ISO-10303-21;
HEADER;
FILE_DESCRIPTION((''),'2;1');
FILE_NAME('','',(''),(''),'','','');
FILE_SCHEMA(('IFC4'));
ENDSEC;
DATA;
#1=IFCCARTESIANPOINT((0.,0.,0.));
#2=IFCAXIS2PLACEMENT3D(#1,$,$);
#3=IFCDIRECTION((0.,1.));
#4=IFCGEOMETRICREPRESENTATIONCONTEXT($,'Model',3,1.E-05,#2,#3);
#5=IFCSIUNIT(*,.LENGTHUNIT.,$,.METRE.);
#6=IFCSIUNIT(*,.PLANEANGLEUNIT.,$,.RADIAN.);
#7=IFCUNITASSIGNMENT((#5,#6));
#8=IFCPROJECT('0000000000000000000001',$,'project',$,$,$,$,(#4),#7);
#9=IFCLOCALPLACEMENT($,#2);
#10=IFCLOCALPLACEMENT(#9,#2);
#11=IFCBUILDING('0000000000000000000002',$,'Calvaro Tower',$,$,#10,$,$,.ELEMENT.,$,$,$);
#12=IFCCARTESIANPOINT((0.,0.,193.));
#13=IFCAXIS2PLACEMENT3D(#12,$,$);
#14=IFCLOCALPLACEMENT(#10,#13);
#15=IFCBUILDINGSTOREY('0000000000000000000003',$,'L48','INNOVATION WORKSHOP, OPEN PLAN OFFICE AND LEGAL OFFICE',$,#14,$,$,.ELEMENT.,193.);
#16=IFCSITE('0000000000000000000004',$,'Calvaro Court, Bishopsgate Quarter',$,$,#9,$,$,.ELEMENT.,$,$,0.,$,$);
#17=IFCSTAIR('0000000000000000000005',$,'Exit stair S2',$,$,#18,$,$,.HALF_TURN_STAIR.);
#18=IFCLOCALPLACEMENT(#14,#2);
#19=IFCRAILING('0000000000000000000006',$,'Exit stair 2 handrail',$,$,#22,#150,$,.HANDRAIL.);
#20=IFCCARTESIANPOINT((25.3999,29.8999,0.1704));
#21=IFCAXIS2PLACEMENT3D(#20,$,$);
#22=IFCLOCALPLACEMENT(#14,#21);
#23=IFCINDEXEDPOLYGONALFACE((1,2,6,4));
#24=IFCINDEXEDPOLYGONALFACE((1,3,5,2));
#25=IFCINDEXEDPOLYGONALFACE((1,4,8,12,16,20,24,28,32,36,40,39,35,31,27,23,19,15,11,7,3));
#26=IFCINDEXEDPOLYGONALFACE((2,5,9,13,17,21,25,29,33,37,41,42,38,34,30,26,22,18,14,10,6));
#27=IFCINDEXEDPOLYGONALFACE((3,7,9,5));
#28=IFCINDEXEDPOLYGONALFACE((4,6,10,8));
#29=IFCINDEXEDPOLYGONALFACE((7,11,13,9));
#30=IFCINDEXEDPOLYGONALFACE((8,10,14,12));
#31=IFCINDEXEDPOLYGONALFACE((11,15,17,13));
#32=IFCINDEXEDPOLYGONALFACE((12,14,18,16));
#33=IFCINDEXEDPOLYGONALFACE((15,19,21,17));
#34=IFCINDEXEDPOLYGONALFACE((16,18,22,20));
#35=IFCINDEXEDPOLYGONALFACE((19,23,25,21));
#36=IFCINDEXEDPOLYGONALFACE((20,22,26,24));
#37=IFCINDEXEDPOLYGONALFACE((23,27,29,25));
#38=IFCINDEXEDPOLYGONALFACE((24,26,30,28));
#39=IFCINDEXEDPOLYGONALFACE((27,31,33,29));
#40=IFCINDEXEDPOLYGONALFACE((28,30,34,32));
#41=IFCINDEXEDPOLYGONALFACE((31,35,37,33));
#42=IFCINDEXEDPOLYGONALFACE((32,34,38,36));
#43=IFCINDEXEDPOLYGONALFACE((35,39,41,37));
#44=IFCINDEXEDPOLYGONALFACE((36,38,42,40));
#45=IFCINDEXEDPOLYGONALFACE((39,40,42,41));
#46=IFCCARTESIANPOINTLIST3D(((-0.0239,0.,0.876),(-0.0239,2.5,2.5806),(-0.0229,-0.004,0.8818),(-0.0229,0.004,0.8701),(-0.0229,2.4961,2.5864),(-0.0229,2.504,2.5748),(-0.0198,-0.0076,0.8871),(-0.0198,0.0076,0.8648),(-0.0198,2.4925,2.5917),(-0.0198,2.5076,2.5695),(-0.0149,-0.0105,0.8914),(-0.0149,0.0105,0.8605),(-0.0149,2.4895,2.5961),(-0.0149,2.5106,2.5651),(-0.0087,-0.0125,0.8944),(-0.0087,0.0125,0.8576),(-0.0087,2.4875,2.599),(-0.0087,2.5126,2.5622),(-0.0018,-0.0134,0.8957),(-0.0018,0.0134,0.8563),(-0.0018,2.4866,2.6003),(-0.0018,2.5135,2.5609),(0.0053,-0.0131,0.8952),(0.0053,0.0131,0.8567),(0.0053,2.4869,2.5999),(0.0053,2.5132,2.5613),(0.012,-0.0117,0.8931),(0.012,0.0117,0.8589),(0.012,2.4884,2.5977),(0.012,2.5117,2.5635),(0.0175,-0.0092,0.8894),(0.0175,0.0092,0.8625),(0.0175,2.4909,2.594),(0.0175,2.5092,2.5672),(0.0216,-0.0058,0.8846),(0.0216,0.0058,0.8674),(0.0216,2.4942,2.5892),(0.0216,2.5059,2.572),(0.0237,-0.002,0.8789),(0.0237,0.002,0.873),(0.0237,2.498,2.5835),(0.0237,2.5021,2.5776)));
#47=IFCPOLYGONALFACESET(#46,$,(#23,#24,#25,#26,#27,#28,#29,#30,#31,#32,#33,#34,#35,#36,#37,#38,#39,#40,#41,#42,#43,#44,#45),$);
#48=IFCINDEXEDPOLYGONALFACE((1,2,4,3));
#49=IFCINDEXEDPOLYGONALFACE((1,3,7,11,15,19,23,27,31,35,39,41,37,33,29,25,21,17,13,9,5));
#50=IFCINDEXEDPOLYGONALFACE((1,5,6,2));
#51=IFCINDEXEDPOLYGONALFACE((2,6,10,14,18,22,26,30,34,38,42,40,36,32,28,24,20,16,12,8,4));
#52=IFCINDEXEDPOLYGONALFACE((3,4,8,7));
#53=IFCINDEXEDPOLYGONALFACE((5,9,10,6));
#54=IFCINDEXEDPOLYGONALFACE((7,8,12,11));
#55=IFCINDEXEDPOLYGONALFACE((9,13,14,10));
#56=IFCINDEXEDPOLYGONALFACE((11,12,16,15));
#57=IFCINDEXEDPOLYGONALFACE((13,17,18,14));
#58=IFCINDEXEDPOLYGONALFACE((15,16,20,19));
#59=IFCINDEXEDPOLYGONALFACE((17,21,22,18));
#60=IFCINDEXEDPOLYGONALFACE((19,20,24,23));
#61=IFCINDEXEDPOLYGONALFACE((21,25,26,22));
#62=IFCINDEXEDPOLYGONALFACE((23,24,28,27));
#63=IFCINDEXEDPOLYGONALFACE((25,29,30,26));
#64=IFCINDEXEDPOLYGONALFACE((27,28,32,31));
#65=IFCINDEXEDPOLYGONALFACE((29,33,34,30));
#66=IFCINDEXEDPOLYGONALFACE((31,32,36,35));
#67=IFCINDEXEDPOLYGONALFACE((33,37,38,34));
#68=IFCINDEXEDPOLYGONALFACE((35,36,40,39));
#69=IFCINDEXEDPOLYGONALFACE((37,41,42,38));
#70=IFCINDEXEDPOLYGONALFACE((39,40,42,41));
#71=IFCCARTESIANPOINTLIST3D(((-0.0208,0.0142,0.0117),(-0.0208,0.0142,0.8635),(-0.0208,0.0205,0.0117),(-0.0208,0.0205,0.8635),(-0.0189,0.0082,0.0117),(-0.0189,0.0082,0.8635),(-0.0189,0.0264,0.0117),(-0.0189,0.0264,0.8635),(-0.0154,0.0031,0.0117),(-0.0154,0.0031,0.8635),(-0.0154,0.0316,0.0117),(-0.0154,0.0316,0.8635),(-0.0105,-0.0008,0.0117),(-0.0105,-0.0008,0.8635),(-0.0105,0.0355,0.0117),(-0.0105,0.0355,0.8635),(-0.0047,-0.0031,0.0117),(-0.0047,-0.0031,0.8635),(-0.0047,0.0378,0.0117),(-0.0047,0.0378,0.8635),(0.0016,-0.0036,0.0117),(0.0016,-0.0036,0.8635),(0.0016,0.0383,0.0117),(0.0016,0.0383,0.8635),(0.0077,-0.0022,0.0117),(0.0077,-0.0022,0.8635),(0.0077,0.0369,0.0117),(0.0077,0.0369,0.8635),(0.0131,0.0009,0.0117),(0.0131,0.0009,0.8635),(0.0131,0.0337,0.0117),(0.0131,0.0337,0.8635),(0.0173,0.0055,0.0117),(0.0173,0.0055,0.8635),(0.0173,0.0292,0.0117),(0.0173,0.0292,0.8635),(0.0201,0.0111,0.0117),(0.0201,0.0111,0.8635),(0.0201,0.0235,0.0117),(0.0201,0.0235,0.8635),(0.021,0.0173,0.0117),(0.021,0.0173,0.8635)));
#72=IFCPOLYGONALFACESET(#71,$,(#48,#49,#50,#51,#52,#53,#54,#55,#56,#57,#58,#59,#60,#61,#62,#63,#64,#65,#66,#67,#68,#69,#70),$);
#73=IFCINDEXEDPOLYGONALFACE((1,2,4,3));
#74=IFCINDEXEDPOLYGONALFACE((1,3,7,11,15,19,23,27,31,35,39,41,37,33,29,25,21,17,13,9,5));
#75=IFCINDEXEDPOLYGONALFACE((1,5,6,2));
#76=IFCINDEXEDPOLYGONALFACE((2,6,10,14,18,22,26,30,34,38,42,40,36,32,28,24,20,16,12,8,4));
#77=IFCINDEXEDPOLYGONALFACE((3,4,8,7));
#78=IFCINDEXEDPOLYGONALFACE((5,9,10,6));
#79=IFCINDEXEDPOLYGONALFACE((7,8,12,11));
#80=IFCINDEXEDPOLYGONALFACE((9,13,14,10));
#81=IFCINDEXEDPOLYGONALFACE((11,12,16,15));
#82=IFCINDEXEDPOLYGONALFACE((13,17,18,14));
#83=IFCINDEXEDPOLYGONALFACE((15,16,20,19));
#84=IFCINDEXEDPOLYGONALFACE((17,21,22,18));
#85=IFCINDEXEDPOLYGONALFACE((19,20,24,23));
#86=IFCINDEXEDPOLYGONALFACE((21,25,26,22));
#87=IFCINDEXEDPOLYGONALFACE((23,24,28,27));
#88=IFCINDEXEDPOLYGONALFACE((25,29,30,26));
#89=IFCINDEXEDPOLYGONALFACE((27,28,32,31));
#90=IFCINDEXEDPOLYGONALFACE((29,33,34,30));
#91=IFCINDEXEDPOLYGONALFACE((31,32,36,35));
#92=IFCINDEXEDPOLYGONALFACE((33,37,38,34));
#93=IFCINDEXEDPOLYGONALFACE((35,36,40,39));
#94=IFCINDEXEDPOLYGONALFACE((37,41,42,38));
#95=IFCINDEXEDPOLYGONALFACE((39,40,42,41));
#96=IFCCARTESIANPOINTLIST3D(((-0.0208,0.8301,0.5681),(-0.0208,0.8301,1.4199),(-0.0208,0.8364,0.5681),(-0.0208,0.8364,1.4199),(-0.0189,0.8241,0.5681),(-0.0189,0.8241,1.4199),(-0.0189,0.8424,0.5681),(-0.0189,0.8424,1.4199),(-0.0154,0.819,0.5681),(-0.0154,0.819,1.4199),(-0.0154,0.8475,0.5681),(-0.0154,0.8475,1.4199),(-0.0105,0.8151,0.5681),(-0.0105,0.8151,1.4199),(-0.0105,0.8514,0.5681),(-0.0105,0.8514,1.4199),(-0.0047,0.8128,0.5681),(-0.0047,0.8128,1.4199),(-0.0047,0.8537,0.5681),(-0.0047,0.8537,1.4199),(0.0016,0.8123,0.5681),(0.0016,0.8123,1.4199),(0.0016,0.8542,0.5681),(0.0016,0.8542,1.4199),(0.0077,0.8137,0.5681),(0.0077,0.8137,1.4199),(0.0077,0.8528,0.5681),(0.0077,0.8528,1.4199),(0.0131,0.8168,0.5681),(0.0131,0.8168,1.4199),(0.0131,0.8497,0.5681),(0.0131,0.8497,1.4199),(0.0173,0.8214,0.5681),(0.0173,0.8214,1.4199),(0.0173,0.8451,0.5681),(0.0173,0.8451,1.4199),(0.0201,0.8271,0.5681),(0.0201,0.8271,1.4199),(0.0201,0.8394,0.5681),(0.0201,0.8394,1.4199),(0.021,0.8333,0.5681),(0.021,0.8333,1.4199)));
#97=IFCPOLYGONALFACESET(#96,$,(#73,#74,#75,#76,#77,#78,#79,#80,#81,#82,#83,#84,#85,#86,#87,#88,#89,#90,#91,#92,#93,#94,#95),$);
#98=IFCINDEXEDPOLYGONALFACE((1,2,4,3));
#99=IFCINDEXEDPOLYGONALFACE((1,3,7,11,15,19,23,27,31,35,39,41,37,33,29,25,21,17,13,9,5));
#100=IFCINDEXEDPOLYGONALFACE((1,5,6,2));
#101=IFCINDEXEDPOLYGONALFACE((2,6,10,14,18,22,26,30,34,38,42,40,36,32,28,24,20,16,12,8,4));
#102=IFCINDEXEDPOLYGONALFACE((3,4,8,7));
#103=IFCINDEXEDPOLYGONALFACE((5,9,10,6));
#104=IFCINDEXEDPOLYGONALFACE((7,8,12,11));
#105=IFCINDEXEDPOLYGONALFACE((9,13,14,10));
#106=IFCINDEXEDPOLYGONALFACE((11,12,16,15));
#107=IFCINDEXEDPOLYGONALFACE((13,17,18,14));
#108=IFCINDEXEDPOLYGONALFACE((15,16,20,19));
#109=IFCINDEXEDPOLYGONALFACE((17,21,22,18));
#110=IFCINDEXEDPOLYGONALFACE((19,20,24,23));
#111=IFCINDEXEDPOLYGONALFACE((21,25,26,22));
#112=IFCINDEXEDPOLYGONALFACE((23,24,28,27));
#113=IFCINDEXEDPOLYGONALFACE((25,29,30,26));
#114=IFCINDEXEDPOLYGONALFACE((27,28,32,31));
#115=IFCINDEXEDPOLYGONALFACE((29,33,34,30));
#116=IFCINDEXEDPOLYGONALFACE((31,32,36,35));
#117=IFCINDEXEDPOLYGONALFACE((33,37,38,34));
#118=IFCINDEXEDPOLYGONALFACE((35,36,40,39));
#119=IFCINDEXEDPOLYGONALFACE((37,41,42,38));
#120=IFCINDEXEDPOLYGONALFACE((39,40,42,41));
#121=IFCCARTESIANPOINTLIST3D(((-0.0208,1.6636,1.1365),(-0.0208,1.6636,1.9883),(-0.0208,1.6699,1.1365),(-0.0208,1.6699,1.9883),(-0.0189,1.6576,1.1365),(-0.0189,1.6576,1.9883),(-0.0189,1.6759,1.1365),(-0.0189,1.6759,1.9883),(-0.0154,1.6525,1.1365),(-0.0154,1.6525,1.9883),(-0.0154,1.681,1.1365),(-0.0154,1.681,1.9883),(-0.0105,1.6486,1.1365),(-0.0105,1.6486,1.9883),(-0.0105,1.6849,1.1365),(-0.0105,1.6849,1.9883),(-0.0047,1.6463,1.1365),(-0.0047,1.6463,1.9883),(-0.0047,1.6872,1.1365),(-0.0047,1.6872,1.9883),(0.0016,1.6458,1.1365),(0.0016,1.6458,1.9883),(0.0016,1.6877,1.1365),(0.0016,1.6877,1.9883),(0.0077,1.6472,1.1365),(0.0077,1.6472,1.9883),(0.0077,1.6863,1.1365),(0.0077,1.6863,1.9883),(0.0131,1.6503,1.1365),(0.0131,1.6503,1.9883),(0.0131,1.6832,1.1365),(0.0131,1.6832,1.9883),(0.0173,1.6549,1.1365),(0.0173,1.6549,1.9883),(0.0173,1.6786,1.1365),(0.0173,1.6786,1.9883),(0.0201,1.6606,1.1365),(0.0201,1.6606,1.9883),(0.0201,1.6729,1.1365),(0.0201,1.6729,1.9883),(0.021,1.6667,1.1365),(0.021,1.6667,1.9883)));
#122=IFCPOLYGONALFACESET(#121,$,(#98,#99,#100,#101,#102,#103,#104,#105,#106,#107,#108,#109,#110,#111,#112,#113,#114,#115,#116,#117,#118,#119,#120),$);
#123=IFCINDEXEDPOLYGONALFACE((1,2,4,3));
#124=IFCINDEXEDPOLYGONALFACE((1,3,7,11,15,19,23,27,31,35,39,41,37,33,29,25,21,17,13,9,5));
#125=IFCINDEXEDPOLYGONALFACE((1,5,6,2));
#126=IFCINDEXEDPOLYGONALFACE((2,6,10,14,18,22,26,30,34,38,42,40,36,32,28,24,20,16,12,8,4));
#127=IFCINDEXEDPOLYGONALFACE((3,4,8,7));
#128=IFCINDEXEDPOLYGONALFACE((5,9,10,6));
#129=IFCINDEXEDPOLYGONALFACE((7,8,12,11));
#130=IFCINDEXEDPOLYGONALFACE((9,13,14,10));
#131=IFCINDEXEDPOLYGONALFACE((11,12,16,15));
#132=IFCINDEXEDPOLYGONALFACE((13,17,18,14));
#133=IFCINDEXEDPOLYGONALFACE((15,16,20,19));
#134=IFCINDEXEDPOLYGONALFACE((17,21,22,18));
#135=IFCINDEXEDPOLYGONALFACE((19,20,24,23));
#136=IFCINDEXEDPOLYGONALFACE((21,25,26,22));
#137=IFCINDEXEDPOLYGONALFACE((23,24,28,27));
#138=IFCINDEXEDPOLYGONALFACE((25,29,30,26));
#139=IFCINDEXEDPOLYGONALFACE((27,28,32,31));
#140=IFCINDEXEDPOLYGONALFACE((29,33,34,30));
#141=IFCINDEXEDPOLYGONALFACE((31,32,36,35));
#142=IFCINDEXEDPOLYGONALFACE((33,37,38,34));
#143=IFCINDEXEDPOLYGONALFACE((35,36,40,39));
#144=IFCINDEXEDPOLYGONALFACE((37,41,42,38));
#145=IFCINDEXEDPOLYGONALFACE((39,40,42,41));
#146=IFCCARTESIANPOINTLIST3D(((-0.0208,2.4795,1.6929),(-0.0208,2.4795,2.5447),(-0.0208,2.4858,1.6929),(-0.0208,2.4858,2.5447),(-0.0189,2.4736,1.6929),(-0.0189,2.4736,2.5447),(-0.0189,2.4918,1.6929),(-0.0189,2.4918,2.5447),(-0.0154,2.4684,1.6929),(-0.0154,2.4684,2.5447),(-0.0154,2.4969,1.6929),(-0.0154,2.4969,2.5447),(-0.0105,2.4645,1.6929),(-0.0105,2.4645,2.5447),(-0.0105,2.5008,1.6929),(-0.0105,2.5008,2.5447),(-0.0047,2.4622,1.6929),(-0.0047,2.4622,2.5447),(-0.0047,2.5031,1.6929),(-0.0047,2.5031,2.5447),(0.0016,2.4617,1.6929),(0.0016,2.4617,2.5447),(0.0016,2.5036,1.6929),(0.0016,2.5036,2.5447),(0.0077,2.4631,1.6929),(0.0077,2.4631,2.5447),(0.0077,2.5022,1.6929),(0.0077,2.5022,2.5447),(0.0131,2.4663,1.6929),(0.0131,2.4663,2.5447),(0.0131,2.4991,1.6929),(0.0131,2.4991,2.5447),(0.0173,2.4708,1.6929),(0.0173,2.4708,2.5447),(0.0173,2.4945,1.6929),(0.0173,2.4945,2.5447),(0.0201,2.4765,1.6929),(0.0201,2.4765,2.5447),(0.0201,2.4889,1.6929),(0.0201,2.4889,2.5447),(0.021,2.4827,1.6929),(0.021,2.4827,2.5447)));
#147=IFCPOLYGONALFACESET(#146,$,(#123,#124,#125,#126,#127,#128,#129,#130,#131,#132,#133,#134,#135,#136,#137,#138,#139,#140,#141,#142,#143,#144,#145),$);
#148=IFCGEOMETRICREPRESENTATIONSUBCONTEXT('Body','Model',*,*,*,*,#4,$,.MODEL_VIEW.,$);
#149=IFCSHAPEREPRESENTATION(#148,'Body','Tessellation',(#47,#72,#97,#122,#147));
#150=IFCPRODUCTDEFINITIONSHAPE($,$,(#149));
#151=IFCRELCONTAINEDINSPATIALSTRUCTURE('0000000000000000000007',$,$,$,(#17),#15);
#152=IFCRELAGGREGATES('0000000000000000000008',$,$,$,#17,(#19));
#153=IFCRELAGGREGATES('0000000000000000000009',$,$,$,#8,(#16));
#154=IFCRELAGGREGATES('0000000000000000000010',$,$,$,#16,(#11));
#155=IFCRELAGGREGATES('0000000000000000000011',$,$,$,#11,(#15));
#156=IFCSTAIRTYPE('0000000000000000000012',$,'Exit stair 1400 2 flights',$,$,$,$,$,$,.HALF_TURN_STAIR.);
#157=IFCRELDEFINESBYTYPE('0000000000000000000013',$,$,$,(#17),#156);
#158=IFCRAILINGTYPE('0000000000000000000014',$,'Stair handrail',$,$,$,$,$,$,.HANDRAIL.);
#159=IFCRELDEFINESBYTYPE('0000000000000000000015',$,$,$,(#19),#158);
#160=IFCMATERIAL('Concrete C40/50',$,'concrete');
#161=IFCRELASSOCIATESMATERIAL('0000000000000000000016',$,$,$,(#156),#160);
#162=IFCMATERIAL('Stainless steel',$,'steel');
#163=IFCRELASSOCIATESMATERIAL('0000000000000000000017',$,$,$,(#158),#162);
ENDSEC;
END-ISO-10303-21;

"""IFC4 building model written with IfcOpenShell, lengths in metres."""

from ifc_helpers import new_model, si_unit, direction, frame, origin, origin_2d, place, context, subcontext, project, spatial, circle, extrude, material, type_object, element, aggregate, save


model = new_model("IFC4")

# Units and contexts
model_context = context("Model", 3, precision=1e-05, world=origin(), true_north=direction((0.0, 1.0)))
body_context = subcontext(model_context, "Body", "Model", "MODEL_VIEW")
ifc_project = project(units=[si_unit("LENGTHUNIT", "METRE"), si_unit("PLANEANGLEUNIT", "RADIAN")], contexts=[model_context])

# Site, building, storey
site_placement = place(None, origin())
site = spatial("IfcSite", under=ifc_project, at=site_placement, Name="Calvaro Court, Bishopsgate Quarter", CompositionType="ELEMENT", RefElevation=0.0)
building_placement = place(site_placement, origin())
building = spatial("IfcBuilding", under=site, at=building_placement, Name="Calvaro Tower", CompositionType="ELEMENT")
storey_placement = place(building_placement, frame((0.0, 0.0, 193.0)))
storey = spatial("IfcBuildingStorey", under=building, at=storey_placement, Name="L48", Description="INNOVATION WORKSHOP, OPEN PLAN OFFICE AND LEGAL OFFICE", CompositionType="ELEMENT", Elevation=193.0)

# Stair
ifc_material_1 = material(Name="Concrete C40/50", Category="concrete")
stair_type = type_object("IfcStairType", Name="Exit stair 1400 2 flights", PredefinedType="HALF_TURN_STAIR", material=ifc_material_1)
stair_1_placement = place(storey_placement, origin())
stair_1 = element("IfcStair", 1, at=stair_1_placement, inside=storey, type_object=stair_type, Name="Exit stair S2", PredefinedType="HALF_TURN_STAIR")

# Shared definitions
ifc_material_2 = material(Name="Stainless steel", Category="steel")
railing_type = type_object("IfcRailingType", Name="Stair handrail", PredefinedType="HANDRAIL", material=ifc_material_2)

# Railing
railing_1_placement = place(storey_placement, frame((25.3999, 29.8999, 0.1704)))
railing_1 = element("IfcRailing", 2, at=railing_1_placement, type_object=railing_type, Name="Exit stair 2 handrail", PredefinedType="HANDRAIL", context=body_context, shape_type="SweptSolid", body=[
    extrude(circle(Radius=0.0239, at=origin_2d()), frame((0.0, 0.0, 0.876), z_axis=(0.0, 0.826221, 0.563347), x_axis=(-1.0, 0.0, 0.0)), (0.0, 0.0, 1.0), 3.0259),
    extrude(circle(Radius=0.021, at=origin_2d()), frame((0.0, 0.0173, 0.0117)), (0.0, 0.0, 1.0), 0.8518),
    extrude(circle(Radius=0.021, at=origin_2d()), frame((0.0, 0.8333, 0.5681)), (0.0, 0.0, 1.0), 0.8518),
    extrude(circle(Radius=0.021, at=origin_2d()), frame((0.0, 1.6667, 1.1365)), (0.0, 0.0, 1.0), 0.8518),
    extrude(circle(Radius=0.021, at=origin_2d()), frame((0.0, 2.4827, 1.6929)), (0.0, 0.0, 1.0), 0.8518),
])
aggregate(stair_1, [railing_1])

save(model, "model.ifc")
